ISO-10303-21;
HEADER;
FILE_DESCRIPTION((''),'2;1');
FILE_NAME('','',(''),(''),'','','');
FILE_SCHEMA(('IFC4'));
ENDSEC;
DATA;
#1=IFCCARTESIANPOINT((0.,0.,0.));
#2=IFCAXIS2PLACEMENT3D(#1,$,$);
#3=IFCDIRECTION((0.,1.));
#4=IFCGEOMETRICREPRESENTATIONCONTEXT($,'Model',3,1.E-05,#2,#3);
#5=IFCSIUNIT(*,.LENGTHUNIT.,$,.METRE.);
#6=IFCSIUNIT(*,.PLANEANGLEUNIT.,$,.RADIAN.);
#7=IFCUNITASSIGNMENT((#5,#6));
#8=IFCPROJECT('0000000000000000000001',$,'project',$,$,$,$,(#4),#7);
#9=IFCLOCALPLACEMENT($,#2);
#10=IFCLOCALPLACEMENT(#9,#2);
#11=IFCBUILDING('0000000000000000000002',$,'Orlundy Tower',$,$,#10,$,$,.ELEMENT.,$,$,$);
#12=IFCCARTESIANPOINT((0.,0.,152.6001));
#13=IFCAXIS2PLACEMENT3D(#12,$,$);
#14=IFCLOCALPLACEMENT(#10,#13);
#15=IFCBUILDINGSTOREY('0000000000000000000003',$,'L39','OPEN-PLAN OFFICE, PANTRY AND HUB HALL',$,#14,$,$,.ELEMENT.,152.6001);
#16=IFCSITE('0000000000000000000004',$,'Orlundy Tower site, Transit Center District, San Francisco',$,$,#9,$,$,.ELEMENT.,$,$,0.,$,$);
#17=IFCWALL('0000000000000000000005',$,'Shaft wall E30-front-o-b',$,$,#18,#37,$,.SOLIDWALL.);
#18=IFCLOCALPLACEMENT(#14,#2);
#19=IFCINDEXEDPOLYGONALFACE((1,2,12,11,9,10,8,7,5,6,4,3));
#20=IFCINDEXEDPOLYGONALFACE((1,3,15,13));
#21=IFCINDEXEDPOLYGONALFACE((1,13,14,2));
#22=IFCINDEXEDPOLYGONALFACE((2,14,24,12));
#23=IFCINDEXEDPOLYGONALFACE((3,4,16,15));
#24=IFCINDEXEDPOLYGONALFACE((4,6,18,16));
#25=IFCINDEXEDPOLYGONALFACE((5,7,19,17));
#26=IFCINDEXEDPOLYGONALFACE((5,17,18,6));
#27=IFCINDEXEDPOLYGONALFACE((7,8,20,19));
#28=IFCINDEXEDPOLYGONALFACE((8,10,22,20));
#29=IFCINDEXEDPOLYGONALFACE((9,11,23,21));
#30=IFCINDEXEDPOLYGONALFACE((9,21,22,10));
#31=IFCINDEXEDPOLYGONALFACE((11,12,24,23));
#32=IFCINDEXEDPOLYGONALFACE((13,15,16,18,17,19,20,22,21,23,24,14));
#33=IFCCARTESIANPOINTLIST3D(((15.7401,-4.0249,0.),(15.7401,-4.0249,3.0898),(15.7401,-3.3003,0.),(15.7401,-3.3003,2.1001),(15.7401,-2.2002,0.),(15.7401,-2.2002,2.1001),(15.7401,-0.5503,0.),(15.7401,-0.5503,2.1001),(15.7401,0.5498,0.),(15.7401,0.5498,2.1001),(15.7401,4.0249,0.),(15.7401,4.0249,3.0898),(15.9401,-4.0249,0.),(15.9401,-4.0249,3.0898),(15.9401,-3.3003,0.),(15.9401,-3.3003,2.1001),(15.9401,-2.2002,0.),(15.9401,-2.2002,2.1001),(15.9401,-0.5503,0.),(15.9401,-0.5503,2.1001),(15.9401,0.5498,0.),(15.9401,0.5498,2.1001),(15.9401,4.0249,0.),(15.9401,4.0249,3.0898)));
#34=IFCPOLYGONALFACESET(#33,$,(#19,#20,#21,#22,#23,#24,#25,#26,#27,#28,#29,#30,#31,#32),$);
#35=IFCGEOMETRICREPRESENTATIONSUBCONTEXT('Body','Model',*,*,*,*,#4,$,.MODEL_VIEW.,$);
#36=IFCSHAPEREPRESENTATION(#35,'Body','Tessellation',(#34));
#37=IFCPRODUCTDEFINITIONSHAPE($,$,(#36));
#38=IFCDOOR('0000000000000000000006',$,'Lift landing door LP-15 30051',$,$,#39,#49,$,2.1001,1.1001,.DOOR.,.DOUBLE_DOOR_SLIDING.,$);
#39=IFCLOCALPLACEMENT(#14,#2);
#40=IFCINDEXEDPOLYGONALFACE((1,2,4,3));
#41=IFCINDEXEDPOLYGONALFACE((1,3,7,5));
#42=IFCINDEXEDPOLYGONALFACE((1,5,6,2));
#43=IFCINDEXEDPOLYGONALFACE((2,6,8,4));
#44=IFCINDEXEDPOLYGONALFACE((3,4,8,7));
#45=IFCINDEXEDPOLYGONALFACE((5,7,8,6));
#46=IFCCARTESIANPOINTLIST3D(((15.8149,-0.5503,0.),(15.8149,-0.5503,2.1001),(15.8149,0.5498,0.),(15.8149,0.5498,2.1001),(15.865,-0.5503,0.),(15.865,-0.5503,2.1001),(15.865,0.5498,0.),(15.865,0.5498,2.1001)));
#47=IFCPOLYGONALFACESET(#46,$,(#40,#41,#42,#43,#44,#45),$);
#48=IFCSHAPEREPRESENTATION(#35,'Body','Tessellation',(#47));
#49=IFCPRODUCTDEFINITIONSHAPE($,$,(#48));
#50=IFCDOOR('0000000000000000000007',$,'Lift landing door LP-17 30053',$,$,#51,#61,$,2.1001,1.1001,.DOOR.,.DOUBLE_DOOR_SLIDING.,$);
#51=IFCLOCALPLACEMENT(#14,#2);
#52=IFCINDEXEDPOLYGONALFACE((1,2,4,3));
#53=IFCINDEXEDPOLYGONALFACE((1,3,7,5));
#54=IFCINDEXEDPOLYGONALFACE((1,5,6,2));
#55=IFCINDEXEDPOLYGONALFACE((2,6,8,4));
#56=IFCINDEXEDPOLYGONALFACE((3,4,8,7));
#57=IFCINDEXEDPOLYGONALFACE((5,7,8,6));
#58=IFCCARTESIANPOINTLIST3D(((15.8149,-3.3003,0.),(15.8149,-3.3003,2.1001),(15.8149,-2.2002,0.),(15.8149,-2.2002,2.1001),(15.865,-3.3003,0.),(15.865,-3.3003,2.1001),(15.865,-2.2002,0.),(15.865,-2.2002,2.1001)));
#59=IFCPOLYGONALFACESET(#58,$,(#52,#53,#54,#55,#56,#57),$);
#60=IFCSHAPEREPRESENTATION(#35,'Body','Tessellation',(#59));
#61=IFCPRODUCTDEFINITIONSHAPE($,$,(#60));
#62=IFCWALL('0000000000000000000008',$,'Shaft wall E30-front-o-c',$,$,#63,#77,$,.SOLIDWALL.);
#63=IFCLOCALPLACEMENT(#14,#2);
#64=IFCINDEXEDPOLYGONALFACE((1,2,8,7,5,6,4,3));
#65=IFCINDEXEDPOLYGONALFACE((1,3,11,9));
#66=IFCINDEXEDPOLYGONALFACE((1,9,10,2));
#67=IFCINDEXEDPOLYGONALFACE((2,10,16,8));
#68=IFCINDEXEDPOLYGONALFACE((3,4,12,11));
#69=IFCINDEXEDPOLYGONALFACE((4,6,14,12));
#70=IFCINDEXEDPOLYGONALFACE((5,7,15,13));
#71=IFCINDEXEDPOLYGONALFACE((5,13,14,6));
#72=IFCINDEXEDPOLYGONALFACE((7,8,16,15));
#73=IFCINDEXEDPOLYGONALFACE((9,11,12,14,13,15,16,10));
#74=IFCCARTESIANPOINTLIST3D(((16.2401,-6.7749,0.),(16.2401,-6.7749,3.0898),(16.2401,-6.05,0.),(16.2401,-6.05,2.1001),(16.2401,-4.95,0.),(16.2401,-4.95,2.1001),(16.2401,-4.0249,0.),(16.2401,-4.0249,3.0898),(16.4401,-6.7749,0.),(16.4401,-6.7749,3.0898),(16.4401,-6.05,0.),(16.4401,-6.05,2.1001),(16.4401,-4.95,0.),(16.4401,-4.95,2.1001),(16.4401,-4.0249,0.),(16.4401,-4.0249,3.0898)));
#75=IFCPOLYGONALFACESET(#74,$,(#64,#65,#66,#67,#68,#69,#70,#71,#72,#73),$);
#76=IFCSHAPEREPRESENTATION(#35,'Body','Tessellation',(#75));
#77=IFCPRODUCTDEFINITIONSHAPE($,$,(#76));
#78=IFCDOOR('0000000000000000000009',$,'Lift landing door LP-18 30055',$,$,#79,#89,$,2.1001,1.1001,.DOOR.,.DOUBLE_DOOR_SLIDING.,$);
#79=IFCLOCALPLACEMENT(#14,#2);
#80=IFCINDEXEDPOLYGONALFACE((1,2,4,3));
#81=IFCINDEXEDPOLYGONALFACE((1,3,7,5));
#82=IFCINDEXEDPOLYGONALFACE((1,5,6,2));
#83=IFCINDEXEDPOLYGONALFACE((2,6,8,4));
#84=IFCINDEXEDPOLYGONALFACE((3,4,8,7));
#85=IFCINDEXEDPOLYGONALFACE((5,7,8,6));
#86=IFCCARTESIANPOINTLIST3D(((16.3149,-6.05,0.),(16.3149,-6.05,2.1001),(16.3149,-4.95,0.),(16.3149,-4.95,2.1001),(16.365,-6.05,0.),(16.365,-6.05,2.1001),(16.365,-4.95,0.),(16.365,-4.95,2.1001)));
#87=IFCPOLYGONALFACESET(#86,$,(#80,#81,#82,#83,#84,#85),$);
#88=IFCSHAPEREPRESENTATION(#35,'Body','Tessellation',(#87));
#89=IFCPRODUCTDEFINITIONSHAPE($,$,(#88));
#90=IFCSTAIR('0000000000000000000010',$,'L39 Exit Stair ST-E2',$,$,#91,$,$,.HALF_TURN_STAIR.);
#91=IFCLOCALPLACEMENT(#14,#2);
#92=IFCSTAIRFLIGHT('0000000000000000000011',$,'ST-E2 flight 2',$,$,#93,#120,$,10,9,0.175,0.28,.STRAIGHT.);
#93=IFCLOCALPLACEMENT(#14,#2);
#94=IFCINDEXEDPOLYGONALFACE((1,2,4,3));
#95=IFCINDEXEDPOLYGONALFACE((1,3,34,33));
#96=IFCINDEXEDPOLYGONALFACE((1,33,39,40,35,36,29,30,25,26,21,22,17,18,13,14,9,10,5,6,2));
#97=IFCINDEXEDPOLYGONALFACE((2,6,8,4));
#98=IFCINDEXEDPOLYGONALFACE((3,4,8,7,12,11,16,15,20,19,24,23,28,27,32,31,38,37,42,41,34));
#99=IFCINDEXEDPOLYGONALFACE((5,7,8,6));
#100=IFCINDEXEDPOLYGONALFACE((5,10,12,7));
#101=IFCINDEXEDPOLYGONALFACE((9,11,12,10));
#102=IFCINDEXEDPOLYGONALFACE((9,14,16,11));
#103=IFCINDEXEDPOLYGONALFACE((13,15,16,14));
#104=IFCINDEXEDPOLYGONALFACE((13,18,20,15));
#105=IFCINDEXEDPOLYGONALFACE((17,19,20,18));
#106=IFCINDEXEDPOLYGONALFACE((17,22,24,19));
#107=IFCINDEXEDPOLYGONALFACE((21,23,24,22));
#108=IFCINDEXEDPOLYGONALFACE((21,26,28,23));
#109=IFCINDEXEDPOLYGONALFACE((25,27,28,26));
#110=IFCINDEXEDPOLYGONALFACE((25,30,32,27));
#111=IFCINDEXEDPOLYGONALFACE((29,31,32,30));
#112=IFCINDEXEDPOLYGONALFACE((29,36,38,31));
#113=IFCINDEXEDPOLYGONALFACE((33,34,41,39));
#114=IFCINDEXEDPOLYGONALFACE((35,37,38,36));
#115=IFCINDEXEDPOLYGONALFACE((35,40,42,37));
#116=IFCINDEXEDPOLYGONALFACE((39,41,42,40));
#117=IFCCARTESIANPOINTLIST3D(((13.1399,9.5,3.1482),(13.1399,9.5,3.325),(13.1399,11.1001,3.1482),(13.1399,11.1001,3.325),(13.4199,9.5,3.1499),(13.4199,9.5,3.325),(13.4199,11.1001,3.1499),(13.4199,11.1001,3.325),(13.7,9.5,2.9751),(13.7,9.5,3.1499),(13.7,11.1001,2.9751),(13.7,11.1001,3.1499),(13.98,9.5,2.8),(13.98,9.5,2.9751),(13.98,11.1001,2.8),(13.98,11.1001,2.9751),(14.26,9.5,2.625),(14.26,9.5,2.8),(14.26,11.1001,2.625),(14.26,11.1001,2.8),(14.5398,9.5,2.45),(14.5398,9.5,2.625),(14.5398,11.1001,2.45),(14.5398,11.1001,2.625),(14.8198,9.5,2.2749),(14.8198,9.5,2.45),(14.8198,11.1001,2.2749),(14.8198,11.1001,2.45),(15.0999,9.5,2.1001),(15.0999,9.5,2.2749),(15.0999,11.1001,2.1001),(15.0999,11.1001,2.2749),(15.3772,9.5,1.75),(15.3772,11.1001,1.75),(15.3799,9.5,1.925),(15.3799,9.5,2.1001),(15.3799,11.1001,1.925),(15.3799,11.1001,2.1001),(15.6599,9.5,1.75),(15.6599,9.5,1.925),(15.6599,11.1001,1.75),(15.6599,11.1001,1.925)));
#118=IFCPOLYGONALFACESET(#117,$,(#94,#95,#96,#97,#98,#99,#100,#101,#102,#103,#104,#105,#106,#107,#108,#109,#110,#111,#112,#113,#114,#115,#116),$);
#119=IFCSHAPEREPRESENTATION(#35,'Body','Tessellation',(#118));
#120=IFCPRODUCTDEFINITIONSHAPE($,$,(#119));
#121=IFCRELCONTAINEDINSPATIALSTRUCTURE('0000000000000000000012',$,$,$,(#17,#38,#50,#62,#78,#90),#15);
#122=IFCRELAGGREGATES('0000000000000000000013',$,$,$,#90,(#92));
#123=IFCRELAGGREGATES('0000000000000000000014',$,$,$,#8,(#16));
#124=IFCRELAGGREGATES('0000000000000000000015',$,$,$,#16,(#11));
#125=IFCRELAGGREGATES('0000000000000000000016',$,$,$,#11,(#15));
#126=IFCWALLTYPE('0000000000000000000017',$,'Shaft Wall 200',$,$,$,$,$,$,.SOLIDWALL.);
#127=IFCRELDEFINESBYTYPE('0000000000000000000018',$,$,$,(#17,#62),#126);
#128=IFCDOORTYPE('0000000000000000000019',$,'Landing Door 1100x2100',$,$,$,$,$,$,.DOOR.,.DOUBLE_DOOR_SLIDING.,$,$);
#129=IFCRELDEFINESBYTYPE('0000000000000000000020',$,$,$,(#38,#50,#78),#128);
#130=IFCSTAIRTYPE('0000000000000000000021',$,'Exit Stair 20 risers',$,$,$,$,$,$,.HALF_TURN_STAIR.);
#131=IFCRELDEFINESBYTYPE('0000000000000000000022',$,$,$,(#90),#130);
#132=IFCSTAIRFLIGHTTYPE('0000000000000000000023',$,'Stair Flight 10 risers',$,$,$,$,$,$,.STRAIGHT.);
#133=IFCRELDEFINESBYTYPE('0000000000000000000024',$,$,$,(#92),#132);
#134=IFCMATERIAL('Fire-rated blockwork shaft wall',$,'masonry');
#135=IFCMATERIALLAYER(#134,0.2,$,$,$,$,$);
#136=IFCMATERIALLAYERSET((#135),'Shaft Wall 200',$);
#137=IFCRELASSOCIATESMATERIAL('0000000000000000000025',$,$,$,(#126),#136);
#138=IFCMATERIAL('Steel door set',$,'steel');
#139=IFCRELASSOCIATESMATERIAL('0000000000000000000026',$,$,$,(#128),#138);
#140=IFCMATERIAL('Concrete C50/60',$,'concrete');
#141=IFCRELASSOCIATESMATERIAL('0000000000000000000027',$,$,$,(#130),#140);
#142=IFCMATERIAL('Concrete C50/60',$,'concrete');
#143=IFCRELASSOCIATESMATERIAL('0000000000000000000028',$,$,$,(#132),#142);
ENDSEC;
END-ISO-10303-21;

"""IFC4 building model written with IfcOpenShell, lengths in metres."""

from ifc_helpers import new_model, si_unit, direction, frame, frame_2d, origin, place, context, subcontext, project, spatial, polyline, rectangle, outline, extrude, material, layer, layer_set, type_object, element, fill, aggregate, save


model = new_model("IFC4")

# Units and contexts
model_context = context("Model", 3, precision=1e-05, world=origin(), true_north=direction((0.0, 1.0)))
body_context = subcontext(model_context, "Body", "Model", "MODEL_VIEW")
ifc_project = project(units=[si_unit("LENGTHUNIT", "METRE"), si_unit("PLANEANGLEUNIT", "RADIAN")], contexts=[model_context])

# Site, building, storey
site_placement = place(None, origin())
site = spatial("IfcSite", under=ifc_project, at=site_placement, Name="Orlundy Tower site, Transit Center District, San Francisco", CompositionType="ELEMENT", RefElevation=0.0)
building_placement = place(site_placement, origin())
building = spatial("IfcBuilding", under=site, at=building_placement, Name="Orlundy Tower", CompositionType="ELEMENT")
storey_placement = place(building_placement, frame((0.0, 0.0, 152.6001)))
storey = spatial("IfcBuildingStorey", under=building, at=storey_placement, Name="L39", Description="OPEN-PLAN OFFICE, PANTRY AND HUB HALL", CompositionType="ELEMENT", Elevation=152.6001)

# Shared definitions
ifc_material_1 = material(Name="Fire-rated blockwork shaft wall", Category="masonry")
ifc_layer_1 = layer(ifc_material_1, 0.2)
ifc_layer_set_1 = layer_set([ifc_layer_1], Name="Shaft Wall 200")
wall_type_1 = type_object("IfcWallType", Name="Shaft Wall 200", PredefinedType="SOLIDWALL", material=ifc_layer_set_1)

# Shared definitions
ifc_material_2 = material(Name="Steel door set", Category="steel")
door_type_1 = type_object("IfcDoorType", Name="Landing Door 1100x2100", OperationType="DOUBLE_DOOR_SLIDING", PredefinedType="DOOR", material=ifc_material_2)

# Wall, openings, doors
wall_1_placement = place(storey_placement, frame((15.8401, 4.0249, 0.0), z_axis=(0.0, 0.0, 1.0), x_axis=(0.0, -1.0, 0.0)))
wall_1 = element("IfcWall", 1, at=wall_1_placement, inside=storey, type_object=wall_type_1, Name="Shaft wall E30-front-o-b", PredefinedType="SOLIDWALL", context=body_context, shape_type="SweptSolid", body=[
    extrude(rectangle(XDim=8.0498, YDim=0.2, at=frame_2d((4.0249, 0.0))), origin(), (0.0, 0.0, 1.0), 3.0898),
])
opening_1_placement = place(wall_1_placement, frame((3.4751, 0.0, 0.0)))
opening_1 = element("IfcOpeningElement", 2, at=opening_1_placement, cuts=wall_1, PredefinedType="OPENING", context=body_context, shape_type="SweptSolid", body=[
    extrude(rectangle(XDim=1.1001, YDim=2.1001, at=frame_2d((0.55, 1.05))), frame((0.0, 0.1101, 0.0), z_axis=(0.0, -1.0, 0.0), x_axis=(1.0, 0.0, 0.0)), (0.0, 0.0, 1.0), 0.2202),
])
opening_2_placement = place(wall_1_placement, frame((6.2251, 0.0, 0.0)))
opening_2 = element("IfcOpeningElement", 3, at=opening_2_placement, cuts=wall_1, PredefinedType="OPENING", context=body_context, shape_type="SweptSolid", body=[
    extrude(rectangle(XDim=1.1001, YDim=2.1001, at=frame_2d((0.55, 1.05))), frame((0.0, 0.1101, 0.0), z_axis=(0.0, -1.0, 0.0), x_axis=(1.0, 0.0, 0.0)), (0.0, 0.0, 1.0), 0.2202),
])
door_1_placement = place(opening_1_placement, origin())
door_1 = element("IfcDoor", 4, at=door_1_placement, inside=storey, type_object=door_type_1, Name="Lift landing door LP-15 30051", OperationType="DOUBLE_DOOR_SLIDING", OverallHeight=2.1001, OverallWidth=1.1001, PredefinedType="DOOR", context=body_context, shape_type="SweptSolid", body=[
    extrude(rectangle(XDim=1.1001, YDim=2.1001, at=frame_2d((0.55, 1.05))), frame((0.0, 0.0249, 0.0), z_axis=(0.0, -1.0, 0.0), x_axis=(1.0, 0.0, 0.0)), (0.0, 0.0, 1.0), 0.05),
])
fill(opening_1, door_1)
door_2_placement = place(opening_2_placement, origin())
door_2 = element("IfcDoor", 5, at=door_2_placement, inside=storey, type_object=door_type_1, Name="Lift landing door LP-17 30053", OperationType="DOUBLE_DOOR_SLIDING", OverallHeight=2.1001, OverallWidth=1.1001, PredefinedType="DOOR", context=body_context, shape_type="SweptSolid", body=[
    extrude(rectangle(XDim=1.1001, YDim=2.1001, at=frame_2d((0.55, 1.05))), frame((0.0, 0.0249, 0.0), z_axis=(0.0, -1.0, 0.0), x_axis=(1.0, 0.0, 0.0)), (0.0, 0.0, 1.0), 0.05),
])
fill(opening_2, door_2)

# Wall, opening, door
wall_2_placement = place(storey_placement, frame((16.3401, -4.0249, 0.0), z_axis=(0.0, 0.0, 1.0), x_axis=(0.0, -1.0, 0.0)))
wall_2 = element("IfcWall", 6, at=wall_2_placement, inside=storey, type_object=wall_type_1, Name="Shaft wall E30-front-o-c", PredefinedType="SOLIDWALL", context=body_context, shape_type="SweptSolid", body=[
    extrude(rectangle(XDim=2.75, YDim=0.2, at=frame_2d((1.375, 0.0))), origin(), (0.0, 0.0, 1.0), 3.0898),
])
opening_3_placement = place(wall_2_placement, frame((0.925, 0.0, 0.0)))
opening_3 = element("IfcOpeningElement", 7, at=opening_3_placement, cuts=wall_2, PredefinedType="OPENING", context=body_context, shape_type="SweptSolid", body=[
    extrude(rectangle(XDim=1.1001, YDim=2.1001, at=frame_2d((0.55, 1.05))), frame((0.0, 0.1101, 0.0), z_axis=(0.0, -1.0, 0.0), x_axis=(1.0, 0.0, 0.0)), (0.0, 0.0, 1.0), 0.2202),
])
door_3_placement = place(opening_3_placement, origin())
door_3 = element("IfcDoor", 8, at=door_3_placement, inside=storey, type_object=door_type_1, Name="Lift landing door LP-18 30055", OperationType="DOUBLE_DOOR_SLIDING", OverallHeight=2.1001, OverallWidth=1.1001, PredefinedType="DOOR", context=body_context, shape_type="SweptSolid", body=[
    extrude(rectangle(XDim=1.1001, YDim=2.1001, at=frame_2d((0.55, 1.05))), frame((0.0, 0.0249, 0.0), z_axis=(0.0, -1.0, 0.0), x_axis=(1.0, 0.0, 0.0)), (0.0, 0.0, 1.0), 0.05),
])
fill(opening_3, door_3)

# Stair, stair flight
ifc_material_3 = material(Name="Concrete C50/60", Category="concrete")
stair_type = type_object("IfcStairType", Name="Exit Stair 20 risers", PredefinedType="HALF_TURN_STAIR", material=ifc_material_3)
stair_placement = place(storey_placement, origin())
stair = element("IfcStair", 9, at=stair_placement, inside=storey, type_object=stair_type, Name="L39 Exit Stair ST-E2", PredefinedType="HALF_TURN_STAIR")
ifc_material_4 = material(Name="Concrete C50/60", Category="concrete")
stair_flight_type = type_object("IfcStairFlightType", Name="Stair Flight 10 risers", PredefinedType="STRAIGHT", material=ifc_material_4)
stair_flight_placement = place(storey_placement, frame((15.6599, 10.3, 1.75), z_axis=(0.0, 0.0, 1.0), x_axis=(-1.0, 0.0, 0.0)))
stair_flight = element("IfcStairFlight", 10, at=stair_flight_placement, type_object=stair_flight_type, Name="ST-E2 flight 2", NumberOfRisers=10, NumberOfTreads=9, PredefinedType="STRAIGHT", RiserHeight=0.175, TreadLength=0.28, context=body_context, shape_type="SweptSolid", body=[
    extrude(outline(polyline([(0.0, 0.0), (0.0, 0.175), (0.28, 0.175), (0.28, 0.3501), (0.5601, 0.3501), (0.5601, 0.5249), (0.8401, 0.5249), (0.8401, 0.7), (1.1201, 0.7), (1.1201, 0.875), (1.3999, 0.875), (1.3999, 1.05), (1.6799, 1.05), (1.6799, 1.2251), (1.96, 1.2251), (1.96, 1.3999), (2.24, 1.3999), (2.24, 1.575), (2.52, 1.575), (2.52, 1.75), (2.52, 1.3982), (0.2827, 0.0), (0.0, 0.0)])), frame((0.0, 0.8, 0.0), z_axis=(0.0, -1.0, 0.0), x_axis=(1.0, 0.0, 0.0)), (0.0, 0.0, 1.0), 1.6001),
])
aggregate(stair, [stair_flight])

save(model, "model.ifc")
